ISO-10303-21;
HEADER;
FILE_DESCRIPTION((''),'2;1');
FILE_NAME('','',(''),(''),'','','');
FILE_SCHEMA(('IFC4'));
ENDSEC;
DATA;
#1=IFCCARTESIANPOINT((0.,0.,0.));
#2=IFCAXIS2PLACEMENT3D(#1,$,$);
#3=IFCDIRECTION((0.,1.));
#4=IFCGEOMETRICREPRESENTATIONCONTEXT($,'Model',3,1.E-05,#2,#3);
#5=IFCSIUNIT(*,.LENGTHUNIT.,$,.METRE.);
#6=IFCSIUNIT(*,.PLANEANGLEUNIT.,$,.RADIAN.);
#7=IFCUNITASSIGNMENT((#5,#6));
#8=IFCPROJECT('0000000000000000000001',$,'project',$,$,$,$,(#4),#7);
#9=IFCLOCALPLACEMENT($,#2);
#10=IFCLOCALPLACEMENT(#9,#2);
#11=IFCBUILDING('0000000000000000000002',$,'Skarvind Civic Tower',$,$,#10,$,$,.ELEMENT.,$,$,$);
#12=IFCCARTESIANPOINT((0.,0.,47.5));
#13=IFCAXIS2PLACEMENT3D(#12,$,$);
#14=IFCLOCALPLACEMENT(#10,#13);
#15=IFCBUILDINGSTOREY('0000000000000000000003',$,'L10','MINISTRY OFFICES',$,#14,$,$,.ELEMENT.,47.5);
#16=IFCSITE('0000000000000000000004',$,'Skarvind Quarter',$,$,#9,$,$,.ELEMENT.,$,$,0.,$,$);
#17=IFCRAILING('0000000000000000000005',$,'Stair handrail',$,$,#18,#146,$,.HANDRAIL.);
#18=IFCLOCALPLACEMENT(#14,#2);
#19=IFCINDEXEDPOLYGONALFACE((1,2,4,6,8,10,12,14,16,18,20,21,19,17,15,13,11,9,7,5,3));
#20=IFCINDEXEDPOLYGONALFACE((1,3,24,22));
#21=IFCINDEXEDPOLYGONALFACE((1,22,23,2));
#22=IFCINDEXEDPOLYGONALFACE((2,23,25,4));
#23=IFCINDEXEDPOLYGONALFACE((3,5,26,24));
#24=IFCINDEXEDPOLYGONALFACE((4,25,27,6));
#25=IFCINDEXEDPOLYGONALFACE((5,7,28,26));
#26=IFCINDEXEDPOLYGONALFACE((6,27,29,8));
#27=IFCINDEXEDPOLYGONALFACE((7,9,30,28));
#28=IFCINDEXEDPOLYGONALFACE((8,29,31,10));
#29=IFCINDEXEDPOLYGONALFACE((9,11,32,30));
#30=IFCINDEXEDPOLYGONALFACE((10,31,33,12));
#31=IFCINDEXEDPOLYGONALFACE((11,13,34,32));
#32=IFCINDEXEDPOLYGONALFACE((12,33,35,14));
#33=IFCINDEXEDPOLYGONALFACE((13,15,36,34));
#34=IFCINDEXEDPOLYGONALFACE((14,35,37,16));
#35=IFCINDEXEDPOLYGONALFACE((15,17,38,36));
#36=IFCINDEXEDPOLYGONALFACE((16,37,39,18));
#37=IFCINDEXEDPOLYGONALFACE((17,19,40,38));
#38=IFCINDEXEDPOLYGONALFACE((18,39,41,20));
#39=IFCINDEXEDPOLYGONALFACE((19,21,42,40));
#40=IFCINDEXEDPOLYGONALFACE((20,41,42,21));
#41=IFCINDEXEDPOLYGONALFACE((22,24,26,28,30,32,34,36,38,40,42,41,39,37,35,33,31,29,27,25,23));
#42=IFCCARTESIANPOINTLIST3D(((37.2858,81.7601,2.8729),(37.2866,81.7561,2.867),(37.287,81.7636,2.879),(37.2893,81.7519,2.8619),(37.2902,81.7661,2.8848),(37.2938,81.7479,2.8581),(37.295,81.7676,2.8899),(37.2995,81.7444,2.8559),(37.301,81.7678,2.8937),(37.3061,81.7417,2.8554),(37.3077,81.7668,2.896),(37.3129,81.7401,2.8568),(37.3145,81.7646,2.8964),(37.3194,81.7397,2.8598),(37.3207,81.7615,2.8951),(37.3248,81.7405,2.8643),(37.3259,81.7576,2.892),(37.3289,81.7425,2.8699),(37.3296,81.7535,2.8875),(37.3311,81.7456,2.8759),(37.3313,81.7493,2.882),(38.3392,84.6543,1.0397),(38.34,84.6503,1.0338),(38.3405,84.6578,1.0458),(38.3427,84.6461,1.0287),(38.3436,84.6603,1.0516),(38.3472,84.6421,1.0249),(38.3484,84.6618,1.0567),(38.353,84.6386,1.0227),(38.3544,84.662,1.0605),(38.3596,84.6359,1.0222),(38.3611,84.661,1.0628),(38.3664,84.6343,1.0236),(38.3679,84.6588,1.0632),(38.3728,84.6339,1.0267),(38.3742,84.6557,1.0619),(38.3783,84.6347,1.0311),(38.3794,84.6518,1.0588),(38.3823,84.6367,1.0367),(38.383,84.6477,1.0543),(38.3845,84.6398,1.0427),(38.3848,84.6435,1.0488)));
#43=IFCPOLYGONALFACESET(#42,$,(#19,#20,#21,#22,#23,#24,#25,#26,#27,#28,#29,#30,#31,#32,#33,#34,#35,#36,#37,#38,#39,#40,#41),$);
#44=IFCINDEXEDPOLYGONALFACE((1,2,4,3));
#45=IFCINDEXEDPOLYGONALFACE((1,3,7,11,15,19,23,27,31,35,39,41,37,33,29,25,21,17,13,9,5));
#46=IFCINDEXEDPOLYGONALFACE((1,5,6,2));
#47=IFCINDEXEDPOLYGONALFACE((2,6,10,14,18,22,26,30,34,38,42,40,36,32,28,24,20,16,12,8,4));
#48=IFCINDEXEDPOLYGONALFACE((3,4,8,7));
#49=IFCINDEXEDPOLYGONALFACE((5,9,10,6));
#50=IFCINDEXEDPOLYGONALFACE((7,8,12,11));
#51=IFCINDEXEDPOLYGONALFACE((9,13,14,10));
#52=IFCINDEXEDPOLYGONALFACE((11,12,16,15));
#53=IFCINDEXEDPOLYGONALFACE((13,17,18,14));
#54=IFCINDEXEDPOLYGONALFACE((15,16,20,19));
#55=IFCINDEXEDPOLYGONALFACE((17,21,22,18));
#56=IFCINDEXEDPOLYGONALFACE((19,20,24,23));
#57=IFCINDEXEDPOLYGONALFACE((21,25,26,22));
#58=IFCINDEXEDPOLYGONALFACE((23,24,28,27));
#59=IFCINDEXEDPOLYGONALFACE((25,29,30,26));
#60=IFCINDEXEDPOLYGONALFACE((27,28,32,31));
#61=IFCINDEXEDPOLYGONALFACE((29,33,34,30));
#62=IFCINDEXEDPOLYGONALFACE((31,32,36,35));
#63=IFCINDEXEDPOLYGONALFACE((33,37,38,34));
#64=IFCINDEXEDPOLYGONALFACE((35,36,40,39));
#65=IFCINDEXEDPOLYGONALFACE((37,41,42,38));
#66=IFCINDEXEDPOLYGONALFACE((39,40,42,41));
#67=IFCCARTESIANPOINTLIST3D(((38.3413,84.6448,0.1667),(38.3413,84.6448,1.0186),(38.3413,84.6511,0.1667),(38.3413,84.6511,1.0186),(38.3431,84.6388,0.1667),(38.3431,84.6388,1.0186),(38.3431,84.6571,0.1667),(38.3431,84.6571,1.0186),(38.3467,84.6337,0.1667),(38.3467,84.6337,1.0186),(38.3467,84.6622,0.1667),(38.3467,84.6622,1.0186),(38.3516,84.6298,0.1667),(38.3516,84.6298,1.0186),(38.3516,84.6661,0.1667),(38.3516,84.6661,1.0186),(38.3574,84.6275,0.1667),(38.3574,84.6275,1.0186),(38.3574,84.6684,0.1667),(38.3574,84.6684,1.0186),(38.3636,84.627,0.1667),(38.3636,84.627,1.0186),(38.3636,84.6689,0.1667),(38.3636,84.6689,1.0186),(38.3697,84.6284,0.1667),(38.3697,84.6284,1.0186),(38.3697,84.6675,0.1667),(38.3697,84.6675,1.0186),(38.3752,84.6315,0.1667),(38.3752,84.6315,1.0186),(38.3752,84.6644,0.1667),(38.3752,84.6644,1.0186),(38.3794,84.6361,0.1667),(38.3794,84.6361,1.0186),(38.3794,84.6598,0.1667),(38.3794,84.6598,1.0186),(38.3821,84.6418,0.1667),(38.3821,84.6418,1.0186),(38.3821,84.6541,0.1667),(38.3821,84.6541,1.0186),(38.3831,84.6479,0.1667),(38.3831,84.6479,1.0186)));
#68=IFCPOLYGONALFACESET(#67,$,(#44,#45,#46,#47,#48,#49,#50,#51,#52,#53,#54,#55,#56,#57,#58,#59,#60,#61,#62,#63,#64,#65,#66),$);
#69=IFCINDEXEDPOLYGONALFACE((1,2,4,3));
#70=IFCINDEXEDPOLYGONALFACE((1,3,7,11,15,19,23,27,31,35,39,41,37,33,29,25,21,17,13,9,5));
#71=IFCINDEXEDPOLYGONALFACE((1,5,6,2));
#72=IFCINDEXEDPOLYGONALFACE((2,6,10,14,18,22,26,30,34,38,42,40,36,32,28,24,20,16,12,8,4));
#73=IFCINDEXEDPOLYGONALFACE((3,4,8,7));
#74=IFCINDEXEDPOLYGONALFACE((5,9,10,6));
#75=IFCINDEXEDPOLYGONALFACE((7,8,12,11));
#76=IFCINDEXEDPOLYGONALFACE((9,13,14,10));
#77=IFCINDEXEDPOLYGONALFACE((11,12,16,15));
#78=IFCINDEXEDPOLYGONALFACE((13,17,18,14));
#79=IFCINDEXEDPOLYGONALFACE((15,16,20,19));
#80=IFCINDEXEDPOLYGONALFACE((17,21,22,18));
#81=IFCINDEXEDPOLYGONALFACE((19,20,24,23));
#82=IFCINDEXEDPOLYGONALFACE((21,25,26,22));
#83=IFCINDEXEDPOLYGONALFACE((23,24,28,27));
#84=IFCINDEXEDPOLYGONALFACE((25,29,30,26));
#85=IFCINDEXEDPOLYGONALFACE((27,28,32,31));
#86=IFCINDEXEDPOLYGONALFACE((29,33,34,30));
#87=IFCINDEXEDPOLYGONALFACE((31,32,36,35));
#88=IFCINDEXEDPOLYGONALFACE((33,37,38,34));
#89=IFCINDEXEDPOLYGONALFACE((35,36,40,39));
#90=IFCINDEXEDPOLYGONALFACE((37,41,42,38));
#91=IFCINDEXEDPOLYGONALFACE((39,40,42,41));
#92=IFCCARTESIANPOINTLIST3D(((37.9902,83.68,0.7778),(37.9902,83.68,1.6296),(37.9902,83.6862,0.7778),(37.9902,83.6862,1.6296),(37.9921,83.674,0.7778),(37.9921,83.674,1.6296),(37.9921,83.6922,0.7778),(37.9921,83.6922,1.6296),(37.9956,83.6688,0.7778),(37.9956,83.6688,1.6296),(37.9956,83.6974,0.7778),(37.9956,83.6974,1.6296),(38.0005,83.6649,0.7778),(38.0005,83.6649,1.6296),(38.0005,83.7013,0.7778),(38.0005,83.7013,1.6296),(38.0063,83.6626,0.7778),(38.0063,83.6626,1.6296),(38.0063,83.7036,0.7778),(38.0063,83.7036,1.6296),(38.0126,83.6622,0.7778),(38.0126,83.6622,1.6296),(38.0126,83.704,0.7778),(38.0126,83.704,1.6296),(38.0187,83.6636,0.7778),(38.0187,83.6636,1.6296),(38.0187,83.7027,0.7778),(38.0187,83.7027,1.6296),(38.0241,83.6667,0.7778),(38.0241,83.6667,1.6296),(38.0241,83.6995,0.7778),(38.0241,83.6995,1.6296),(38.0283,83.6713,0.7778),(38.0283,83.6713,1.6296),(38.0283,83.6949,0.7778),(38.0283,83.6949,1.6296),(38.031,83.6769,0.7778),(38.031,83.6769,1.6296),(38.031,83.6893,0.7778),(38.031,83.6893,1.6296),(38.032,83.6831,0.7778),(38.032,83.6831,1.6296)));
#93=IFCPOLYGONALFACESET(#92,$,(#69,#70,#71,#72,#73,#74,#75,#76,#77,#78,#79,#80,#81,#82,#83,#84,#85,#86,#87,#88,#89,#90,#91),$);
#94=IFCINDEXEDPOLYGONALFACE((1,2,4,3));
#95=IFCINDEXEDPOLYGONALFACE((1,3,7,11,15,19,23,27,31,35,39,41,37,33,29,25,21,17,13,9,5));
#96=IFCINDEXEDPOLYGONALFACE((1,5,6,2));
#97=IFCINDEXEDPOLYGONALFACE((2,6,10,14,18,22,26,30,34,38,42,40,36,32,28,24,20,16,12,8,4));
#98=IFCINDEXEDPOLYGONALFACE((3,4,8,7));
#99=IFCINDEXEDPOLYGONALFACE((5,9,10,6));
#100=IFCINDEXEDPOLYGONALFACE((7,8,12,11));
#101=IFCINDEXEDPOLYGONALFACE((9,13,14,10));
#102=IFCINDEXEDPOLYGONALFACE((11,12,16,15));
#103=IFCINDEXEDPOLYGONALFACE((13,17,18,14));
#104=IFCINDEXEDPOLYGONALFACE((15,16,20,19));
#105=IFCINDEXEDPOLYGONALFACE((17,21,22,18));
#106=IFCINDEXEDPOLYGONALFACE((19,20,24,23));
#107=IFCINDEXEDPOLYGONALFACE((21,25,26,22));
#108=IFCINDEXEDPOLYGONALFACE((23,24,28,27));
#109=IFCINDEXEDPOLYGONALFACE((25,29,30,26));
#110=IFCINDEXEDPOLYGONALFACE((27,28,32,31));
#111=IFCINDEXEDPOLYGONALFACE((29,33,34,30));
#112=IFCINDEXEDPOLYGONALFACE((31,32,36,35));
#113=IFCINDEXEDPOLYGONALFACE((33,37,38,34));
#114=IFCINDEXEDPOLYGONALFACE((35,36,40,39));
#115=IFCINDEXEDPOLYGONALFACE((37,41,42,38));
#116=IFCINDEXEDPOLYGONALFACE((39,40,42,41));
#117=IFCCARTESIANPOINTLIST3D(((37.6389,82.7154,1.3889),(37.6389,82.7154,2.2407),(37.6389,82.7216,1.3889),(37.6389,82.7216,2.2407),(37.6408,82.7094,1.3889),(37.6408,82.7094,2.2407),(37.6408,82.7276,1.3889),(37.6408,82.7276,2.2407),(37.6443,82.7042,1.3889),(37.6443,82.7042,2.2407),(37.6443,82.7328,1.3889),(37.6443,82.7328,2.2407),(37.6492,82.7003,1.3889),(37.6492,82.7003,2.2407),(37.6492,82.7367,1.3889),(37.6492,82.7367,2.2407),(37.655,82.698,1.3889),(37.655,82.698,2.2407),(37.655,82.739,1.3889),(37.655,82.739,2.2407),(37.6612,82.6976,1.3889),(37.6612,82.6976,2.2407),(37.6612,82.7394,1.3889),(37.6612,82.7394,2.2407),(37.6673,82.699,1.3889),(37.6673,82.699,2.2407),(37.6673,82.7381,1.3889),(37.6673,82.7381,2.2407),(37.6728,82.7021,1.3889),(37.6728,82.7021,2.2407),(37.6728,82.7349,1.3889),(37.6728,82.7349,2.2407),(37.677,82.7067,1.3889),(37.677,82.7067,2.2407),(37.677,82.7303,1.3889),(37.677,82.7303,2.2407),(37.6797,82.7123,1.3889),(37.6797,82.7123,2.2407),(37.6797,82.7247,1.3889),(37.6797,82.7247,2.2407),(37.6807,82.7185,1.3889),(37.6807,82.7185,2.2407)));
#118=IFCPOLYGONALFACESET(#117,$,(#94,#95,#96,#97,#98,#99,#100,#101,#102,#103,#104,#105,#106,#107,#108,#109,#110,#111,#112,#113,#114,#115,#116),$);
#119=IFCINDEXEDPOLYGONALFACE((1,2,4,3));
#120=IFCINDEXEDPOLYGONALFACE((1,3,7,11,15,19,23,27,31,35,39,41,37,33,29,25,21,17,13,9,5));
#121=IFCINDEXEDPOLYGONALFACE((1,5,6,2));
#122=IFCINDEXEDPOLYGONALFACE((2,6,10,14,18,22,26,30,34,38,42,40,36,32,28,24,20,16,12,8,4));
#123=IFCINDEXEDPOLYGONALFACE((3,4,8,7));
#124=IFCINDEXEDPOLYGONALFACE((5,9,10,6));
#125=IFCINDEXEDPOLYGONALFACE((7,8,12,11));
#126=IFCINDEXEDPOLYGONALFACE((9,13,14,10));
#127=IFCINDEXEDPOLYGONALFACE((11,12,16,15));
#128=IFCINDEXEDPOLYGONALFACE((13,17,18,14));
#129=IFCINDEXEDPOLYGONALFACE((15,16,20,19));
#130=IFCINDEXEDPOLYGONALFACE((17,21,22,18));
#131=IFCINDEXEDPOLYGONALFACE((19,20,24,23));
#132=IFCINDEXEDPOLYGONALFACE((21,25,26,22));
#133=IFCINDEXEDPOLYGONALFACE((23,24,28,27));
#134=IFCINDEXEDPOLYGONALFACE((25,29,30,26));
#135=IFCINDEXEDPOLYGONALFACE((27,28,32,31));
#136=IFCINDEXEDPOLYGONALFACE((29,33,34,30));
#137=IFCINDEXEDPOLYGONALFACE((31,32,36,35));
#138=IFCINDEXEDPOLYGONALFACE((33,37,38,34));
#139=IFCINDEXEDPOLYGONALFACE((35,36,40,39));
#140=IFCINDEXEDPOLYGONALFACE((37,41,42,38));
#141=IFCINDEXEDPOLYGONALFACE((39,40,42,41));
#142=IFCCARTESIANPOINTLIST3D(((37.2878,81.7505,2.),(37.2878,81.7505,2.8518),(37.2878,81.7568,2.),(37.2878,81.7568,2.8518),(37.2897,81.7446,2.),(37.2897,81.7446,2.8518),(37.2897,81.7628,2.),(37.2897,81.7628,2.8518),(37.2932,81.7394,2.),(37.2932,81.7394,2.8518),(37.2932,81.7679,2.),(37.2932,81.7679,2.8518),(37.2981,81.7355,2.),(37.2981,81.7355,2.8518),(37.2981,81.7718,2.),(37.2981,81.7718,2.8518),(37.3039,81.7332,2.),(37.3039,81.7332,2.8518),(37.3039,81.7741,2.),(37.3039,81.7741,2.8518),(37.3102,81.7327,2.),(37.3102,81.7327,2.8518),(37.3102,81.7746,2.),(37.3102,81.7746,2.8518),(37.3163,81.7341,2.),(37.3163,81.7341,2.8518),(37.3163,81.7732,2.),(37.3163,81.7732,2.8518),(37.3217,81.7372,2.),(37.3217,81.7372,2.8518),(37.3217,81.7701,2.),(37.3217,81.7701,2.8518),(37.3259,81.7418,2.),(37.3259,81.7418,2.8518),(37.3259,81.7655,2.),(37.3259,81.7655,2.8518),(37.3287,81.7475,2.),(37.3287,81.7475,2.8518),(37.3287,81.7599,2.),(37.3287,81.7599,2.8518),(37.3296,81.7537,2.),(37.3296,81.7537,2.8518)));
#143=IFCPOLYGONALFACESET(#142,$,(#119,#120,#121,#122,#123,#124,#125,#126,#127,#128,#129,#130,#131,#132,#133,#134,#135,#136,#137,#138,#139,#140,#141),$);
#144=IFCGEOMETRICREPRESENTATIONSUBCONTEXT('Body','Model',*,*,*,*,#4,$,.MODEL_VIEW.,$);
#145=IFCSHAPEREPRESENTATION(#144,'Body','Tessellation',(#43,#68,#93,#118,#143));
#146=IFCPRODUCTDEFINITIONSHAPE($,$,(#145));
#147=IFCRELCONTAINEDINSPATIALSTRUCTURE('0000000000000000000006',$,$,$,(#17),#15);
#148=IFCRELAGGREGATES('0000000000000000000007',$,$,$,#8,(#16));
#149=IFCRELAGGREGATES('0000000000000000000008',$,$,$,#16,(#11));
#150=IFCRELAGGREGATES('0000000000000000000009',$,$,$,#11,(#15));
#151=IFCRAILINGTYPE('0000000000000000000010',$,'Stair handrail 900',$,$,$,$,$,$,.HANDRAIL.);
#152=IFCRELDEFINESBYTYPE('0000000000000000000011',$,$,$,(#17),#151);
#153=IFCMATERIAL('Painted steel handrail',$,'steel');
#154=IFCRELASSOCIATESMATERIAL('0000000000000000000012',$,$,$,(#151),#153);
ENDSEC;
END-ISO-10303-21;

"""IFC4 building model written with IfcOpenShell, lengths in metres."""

from ifc_helpers import new_model, si_unit, direction, frame, origin, origin_2d, place, context, subcontext, project, spatial, circle, extrude, material, type_object, element, save


model = new_model("IFC4")

# Units and contexts
model_context = context("Model", 3, precision=1e-05, world=origin(), true_north=direction((0.0, 1.0)))
body_context = subcontext(model_context, "Body", "Model", "MODEL_VIEW")
ifc_project = project(units=[si_unit("LENGTHUNIT", "METRE"), si_unit("PLANEANGLEUNIT", "RADIAN")], contexts=[model_context])

# Site, building, storey
site_placement = place(None, origin())
site = spatial("IfcSite", under=ifc_project, at=site_placement, Name="Skarvind Quarter", CompositionType="ELEMENT", RefElevation=0.0)
building_placement = place(site_placement, origin())
building = spatial("IfcBuilding", under=site, at=building_placement, Name="Skarvind Civic Tower", CompositionType="ELEMENT")
storey_placement = place(building_placement, frame((0.0, 0.0, 47.5)))
storey = spatial("IfcBuildingStorey", under=building, at=storey_placement, Name="L10", Description="MINISTRY OFFICES", CompositionType="ELEMENT", Elevation=47.5)

# Railing
ifc_material_1 = material(Name="Painted steel handrail", Category="steel")
railing_type = type_object("IfcRailingType", Name="Stair handrail 900", PredefinedType="HANDRAIL", material=ifc_material_1)
railing_1_placement = place(storey_placement, frame((38.3621, 84.6479, 0.1667)))
element("IfcRailing", 1, at=railing_1_placement, inside=storey, type_object=railing_type, Name="Stair handrail", PredefinedType="HANDRAIL", context=body_context, shape_type="SweptSolid", body=[
    extrude(circle(Radius=0.0239, at=origin_2d()), frame((0.0, 0.0, 0.876), z_axis=(-0.293908, -0.807481, 0.511461), x_axis=(0.939689, -0.342029, 0.0)), (0.0, 0.0, 1.0), 3.5842),
    extrude(circle(Radius=0.021, at=origin_2d()), origin(), (0.0, 0.0, 1.0), 0.8518),
    extrude(circle(Radius=0.021, at=origin_2d()), frame((-0.3511, -0.9648, 0.6111)), (0.0, 0.0, 1.0), 0.8518),
    extrude(circle(Radius=0.021, at=origin_2d()), frame((-0.7024, -1.9294, 1.2222)), (0.0, 0.0, 1.0), 0.8518),
    extrude(circle(Radius=0.021, at=origin_2d()), frame((-1.0535, -2.8943, 1.8333)), (0.0, 0.0, 1.0), 0.8518),
])

save(model, "model.ifc")
